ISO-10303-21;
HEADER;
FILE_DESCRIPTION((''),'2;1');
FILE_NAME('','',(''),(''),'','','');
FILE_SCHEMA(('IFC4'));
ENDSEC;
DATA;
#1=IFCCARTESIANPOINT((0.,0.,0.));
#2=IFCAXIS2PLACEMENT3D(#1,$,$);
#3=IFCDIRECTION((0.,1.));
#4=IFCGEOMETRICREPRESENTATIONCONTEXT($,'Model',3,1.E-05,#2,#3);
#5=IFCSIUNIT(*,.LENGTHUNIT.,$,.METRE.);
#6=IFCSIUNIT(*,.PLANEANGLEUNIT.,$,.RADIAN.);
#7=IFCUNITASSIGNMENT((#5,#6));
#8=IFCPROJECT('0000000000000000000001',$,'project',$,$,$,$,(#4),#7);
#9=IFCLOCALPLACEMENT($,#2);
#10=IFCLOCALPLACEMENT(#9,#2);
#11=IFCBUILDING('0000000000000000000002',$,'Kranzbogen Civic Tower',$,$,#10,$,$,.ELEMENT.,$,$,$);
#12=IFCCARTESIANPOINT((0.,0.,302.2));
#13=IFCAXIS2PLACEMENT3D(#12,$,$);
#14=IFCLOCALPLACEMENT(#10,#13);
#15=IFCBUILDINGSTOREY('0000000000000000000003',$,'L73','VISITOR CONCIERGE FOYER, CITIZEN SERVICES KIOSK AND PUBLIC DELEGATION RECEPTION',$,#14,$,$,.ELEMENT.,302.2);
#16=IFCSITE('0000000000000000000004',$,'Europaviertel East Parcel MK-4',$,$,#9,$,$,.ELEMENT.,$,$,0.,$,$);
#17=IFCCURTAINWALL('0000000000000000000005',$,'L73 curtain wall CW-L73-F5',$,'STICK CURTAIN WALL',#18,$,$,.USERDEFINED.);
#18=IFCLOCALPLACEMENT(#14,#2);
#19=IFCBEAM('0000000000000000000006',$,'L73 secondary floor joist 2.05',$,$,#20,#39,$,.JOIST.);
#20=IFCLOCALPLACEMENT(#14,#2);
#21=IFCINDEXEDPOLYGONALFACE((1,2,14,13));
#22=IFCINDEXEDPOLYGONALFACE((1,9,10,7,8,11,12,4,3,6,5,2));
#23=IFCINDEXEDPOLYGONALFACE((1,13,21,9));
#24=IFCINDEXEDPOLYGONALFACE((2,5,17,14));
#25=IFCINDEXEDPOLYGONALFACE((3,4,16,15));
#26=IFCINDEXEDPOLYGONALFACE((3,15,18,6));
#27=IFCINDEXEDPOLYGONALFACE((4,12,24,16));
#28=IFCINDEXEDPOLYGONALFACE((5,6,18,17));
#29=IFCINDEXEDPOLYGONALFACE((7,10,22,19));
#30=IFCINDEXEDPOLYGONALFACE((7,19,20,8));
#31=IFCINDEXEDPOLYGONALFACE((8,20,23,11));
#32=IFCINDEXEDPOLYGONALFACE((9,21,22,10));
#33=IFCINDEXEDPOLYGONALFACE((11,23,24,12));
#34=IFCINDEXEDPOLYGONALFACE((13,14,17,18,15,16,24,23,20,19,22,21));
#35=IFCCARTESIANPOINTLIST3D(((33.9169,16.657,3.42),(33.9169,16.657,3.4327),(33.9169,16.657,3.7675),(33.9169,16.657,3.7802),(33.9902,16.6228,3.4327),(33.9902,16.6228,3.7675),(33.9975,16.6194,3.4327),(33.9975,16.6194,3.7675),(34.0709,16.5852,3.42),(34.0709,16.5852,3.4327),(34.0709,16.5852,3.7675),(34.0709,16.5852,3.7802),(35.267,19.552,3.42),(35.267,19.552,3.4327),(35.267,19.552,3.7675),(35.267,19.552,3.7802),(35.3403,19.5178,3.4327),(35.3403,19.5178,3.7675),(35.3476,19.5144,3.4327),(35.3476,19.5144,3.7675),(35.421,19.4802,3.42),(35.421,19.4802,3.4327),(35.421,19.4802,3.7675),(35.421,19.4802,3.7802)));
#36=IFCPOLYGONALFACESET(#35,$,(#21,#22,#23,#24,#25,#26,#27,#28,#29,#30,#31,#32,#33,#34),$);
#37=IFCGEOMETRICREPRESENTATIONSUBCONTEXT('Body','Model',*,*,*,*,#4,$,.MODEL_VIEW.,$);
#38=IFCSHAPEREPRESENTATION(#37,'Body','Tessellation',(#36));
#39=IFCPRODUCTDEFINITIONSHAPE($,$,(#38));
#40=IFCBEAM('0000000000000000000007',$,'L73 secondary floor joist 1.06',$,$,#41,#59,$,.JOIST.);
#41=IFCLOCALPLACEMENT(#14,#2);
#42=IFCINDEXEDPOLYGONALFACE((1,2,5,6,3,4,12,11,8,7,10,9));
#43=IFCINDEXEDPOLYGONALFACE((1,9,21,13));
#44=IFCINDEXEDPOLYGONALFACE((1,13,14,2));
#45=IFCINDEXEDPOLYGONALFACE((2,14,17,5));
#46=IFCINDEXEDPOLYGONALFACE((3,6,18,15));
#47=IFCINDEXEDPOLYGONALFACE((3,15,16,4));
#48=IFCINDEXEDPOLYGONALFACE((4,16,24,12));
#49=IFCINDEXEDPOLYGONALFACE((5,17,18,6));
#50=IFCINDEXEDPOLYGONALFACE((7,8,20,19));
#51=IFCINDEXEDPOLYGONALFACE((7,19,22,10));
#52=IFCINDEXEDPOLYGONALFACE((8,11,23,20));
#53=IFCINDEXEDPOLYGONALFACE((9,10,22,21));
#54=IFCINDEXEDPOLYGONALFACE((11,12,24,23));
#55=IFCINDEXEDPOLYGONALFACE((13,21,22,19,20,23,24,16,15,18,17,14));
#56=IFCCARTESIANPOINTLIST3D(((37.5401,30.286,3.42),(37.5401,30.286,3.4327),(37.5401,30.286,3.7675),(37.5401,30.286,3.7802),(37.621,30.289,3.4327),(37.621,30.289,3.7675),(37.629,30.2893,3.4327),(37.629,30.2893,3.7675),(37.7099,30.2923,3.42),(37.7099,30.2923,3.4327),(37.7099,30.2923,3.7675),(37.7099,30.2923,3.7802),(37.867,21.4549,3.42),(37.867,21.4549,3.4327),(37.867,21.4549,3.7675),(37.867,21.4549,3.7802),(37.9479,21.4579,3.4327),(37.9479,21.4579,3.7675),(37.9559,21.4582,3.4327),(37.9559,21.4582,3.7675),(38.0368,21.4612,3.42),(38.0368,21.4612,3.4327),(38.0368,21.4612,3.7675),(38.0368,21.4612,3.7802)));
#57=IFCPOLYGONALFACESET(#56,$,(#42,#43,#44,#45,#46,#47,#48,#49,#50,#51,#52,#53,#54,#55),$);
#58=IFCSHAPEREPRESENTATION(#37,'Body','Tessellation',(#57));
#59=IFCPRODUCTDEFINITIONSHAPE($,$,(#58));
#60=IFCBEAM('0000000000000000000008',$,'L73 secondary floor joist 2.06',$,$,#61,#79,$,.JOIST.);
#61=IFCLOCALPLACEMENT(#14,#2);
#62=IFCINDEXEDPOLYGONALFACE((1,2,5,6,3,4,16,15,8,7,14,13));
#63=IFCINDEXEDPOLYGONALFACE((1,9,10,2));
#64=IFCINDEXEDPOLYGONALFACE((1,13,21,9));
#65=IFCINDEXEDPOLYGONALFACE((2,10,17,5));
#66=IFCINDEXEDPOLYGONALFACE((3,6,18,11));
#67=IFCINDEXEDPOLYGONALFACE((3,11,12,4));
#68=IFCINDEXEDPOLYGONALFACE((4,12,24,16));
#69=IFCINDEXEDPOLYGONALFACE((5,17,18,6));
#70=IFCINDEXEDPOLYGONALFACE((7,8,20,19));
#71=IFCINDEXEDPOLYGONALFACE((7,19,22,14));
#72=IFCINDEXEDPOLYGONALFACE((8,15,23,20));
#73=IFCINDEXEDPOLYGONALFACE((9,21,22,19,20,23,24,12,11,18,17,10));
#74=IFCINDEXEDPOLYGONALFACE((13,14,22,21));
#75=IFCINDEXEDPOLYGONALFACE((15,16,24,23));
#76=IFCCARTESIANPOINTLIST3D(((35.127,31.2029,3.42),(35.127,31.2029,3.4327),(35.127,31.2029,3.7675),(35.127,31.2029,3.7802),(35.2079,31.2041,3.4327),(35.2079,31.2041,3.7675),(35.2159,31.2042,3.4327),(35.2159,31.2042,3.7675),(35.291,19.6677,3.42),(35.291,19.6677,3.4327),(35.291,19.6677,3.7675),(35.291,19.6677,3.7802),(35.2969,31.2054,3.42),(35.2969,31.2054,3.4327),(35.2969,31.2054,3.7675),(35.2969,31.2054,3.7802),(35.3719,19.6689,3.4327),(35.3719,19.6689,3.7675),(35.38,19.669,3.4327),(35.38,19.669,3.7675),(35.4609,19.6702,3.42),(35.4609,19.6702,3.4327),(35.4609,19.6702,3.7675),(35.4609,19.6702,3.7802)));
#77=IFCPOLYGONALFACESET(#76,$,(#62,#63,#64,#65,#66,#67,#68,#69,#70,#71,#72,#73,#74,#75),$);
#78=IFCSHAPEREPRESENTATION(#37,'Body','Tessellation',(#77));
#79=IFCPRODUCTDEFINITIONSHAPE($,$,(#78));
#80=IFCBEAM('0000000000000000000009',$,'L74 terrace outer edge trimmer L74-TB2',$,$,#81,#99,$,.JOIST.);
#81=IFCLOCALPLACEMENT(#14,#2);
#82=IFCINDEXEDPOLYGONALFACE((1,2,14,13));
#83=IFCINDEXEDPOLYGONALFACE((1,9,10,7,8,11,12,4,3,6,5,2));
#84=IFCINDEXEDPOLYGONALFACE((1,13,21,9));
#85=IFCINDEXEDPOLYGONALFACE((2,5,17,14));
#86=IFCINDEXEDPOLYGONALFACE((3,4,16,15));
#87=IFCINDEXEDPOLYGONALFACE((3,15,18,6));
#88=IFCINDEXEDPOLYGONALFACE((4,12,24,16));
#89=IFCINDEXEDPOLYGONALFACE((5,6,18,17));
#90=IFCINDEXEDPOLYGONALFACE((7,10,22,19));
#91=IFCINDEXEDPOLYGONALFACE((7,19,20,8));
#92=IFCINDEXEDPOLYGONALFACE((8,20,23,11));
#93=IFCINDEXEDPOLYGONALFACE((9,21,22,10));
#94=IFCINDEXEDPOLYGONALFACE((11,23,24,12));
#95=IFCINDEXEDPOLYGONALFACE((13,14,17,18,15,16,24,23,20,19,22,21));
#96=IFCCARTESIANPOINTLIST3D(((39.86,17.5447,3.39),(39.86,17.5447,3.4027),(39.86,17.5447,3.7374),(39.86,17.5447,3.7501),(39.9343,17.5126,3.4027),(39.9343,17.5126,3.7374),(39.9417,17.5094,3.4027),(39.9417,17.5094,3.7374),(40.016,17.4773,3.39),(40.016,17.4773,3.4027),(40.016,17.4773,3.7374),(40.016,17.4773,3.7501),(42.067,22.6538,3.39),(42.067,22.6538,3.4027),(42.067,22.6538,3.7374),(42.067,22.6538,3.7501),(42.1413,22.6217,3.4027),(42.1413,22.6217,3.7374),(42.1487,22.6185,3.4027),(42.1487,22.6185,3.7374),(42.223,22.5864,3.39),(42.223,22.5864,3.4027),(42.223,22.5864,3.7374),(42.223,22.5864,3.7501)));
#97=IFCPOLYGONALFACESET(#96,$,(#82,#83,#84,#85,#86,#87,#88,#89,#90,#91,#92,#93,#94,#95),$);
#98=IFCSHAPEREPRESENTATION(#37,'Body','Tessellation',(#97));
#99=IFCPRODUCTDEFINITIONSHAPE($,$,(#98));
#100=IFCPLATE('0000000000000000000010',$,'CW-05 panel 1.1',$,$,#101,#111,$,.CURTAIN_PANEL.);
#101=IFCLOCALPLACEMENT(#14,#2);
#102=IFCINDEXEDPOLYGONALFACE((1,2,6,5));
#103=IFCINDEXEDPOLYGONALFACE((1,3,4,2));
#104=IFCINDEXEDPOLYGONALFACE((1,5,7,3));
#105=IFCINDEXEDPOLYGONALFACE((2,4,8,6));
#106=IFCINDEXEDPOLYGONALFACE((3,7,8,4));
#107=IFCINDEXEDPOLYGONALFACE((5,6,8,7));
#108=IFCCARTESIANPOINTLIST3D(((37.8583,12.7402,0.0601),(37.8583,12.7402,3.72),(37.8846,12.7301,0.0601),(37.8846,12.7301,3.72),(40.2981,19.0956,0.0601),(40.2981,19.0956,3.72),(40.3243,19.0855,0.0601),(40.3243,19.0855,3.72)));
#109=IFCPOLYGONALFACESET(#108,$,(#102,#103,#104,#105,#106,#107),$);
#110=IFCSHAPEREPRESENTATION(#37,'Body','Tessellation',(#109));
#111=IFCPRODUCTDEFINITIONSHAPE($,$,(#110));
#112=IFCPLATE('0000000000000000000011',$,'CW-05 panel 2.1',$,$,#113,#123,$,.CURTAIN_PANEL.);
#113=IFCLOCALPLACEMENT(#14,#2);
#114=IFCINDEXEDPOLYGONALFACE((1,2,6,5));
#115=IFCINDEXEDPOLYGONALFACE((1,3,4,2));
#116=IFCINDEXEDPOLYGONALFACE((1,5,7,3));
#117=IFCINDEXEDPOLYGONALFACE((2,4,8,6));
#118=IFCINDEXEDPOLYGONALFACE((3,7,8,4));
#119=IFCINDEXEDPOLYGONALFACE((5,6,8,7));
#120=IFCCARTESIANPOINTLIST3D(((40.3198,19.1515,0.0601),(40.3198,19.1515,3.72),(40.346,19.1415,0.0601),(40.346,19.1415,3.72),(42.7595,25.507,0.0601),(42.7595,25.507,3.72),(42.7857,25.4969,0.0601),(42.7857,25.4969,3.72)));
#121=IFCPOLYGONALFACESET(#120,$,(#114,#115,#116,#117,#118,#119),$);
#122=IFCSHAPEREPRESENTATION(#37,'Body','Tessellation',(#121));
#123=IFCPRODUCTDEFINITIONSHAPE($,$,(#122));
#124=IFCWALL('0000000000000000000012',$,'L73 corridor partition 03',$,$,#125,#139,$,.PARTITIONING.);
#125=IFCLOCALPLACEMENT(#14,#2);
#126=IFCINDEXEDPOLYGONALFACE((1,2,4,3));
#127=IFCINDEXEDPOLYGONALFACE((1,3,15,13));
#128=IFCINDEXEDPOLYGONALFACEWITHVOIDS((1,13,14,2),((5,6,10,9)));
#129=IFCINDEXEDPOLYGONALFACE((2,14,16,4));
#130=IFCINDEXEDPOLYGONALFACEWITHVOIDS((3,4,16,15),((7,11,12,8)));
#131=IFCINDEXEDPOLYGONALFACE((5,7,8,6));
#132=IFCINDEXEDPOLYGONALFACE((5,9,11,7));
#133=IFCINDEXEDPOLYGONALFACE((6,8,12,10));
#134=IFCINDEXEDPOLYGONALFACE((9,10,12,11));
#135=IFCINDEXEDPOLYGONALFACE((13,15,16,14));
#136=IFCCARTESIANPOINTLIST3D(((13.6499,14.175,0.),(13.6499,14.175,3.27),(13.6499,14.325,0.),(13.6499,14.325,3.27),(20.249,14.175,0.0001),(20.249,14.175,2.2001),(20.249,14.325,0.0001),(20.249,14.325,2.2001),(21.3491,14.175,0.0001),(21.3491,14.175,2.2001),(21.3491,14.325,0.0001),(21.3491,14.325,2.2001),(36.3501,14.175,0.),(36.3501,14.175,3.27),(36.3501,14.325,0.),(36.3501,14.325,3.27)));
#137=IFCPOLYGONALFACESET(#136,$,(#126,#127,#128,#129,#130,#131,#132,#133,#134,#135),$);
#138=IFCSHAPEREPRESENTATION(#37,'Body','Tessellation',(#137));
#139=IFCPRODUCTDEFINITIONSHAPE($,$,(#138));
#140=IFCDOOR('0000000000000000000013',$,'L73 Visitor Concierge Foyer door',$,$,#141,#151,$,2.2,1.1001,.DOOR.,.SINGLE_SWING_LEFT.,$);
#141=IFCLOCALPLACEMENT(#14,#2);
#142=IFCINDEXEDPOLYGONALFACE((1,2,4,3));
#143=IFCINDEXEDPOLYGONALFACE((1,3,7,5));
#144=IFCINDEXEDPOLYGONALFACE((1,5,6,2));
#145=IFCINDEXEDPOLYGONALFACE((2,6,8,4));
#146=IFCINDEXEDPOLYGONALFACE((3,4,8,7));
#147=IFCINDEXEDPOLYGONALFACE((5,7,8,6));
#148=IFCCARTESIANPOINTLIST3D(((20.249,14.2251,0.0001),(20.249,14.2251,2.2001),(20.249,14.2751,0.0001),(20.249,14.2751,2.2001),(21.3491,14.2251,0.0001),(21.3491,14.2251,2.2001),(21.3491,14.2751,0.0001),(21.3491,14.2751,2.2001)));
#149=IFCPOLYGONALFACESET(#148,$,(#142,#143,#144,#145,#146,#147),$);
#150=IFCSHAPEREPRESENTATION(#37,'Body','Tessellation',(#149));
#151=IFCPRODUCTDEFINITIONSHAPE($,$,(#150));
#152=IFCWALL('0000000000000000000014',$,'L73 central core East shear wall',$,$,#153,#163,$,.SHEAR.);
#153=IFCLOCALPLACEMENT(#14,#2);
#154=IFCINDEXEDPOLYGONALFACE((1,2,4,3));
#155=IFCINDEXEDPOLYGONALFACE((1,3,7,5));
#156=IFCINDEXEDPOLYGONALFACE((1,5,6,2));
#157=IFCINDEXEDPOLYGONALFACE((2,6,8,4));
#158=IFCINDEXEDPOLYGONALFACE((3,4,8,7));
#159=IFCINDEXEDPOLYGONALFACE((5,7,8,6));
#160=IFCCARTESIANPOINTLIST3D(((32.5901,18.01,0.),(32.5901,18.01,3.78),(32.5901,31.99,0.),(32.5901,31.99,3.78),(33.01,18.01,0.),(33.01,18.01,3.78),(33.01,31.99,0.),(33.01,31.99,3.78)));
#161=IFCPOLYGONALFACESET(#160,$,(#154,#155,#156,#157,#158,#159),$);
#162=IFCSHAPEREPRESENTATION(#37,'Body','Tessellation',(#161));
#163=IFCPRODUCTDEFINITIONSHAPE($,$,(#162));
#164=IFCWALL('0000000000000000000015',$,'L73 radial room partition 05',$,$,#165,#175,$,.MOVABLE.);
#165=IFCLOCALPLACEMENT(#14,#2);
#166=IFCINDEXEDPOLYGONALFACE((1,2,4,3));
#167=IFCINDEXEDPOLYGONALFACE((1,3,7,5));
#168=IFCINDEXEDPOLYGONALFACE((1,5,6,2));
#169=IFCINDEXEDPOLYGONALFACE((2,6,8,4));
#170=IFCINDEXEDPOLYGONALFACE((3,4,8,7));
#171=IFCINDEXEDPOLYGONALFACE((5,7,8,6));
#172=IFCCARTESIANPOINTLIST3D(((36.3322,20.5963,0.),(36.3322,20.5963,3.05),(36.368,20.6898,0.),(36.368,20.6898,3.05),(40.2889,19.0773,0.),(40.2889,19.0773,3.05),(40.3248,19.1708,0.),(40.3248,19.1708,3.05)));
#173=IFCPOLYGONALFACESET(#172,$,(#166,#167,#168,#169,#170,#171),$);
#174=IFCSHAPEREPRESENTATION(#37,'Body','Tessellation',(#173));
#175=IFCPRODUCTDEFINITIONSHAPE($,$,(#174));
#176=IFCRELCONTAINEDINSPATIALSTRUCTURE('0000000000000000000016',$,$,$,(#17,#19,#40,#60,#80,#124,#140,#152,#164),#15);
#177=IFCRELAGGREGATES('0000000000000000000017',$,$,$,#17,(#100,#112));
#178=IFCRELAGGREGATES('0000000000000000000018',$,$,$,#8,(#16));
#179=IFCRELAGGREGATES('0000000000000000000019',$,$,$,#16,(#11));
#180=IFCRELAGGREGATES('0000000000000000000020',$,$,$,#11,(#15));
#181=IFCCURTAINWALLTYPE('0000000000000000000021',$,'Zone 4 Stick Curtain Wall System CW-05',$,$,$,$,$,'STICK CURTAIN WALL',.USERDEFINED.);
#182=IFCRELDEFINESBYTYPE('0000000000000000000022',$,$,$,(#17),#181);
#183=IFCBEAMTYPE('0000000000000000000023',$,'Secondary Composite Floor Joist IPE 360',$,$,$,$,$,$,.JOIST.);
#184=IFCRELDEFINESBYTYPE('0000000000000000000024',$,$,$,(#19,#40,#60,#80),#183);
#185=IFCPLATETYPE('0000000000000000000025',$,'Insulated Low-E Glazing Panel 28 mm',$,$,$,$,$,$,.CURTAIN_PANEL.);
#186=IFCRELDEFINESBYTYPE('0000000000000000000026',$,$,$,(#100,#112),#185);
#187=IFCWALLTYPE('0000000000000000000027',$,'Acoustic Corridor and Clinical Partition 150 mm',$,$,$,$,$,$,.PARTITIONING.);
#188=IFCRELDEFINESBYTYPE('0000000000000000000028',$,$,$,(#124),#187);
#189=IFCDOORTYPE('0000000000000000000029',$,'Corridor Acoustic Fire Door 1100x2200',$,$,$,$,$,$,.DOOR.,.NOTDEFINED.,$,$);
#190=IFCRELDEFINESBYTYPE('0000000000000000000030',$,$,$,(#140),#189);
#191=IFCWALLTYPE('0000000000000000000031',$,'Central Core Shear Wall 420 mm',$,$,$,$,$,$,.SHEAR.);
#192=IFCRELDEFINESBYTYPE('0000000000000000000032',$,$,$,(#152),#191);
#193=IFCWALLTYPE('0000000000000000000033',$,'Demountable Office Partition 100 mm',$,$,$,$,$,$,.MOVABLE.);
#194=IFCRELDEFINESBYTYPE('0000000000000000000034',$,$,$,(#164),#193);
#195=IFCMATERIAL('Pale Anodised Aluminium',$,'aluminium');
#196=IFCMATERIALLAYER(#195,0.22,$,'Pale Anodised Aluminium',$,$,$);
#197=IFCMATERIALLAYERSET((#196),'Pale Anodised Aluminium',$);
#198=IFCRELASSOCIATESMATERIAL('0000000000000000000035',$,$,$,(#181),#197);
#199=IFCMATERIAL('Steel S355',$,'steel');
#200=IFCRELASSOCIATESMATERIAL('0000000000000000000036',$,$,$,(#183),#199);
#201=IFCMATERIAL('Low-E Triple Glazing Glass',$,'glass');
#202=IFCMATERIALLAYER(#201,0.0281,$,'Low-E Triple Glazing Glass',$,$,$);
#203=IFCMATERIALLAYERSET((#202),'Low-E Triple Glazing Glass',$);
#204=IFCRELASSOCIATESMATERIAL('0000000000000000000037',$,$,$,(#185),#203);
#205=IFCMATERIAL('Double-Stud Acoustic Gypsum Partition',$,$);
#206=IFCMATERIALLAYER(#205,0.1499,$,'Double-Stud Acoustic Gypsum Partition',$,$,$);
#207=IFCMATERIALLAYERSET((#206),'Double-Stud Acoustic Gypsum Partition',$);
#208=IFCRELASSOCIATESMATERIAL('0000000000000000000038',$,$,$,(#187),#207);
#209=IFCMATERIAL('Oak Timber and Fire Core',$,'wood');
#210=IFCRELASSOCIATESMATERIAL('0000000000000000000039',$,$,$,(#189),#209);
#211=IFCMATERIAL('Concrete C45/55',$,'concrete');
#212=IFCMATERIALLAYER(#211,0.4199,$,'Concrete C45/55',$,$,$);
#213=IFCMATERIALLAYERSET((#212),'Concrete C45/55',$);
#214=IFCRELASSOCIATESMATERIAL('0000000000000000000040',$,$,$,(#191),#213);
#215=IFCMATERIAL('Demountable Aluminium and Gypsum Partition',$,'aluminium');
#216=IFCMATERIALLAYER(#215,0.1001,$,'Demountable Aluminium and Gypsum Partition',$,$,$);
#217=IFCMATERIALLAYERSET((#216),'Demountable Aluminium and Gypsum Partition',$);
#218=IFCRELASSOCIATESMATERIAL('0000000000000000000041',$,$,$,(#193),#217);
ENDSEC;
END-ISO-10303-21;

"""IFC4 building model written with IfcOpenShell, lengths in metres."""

from ifc_helpers import new_model, si_unit, direction, frame, frame_2d, origin, origin_2d, place, context, subcontext, project, spatial, rectangle, i_section, extrude, material, layer, layer_set, material_profile, profile_set, type_object, element, fill, aggregate, save


model = new_model("IFC4")

# Units and contexts
model_context = context("Model", 3, precision=1e-05, world=origin(), true_north=direction((0.0, 1.0)))
body_context = subcontext(model_context, "Body", "Model", "MODEL_VIEW")
ifc_project = project(units=[si_unit("LENGTHUNIT", "METRE"), si_unit("PLANEANGLEUNIT", "RADIAN")], contexts=[model_context])

# Site, building, storey
site_placement = place(None, origin())
site = spatial("IfcSite", under=ifc_project, at=site_placement, Name="Europaviertel East Parcel MK-4", CompositionType="ELEMENT", RefElevation=0.0)
building_placement = place(site_placement, origin())
building = spatial("IfcBuilding", under=site, at=building_placement, Name="Kranzbogen Civic Tower", CompositionType="ELEMENT")
storey_placement = place(building_placement, frame((0.0, 0.0, 302.2)))
storey = spatial("IfcBuildingStorey", under=building, at=storey_placement, Name="L73", Description="VISITOR CONCIERGE FOYER, CITIZEN SERVICES KIOSK AND PUBLIC DELEGATION RECEPTION", CompositionType="ELEMENT", Elevation=302.2)

# Shared definitions
ifc_material_1 = material(Name="Steel S355", Category="steel")

# Shared definitions
ifc_material_2 = material(Name="Pale Anodised Aluminium", Category="aluminium")
ifc_layer_1 = layer(ifc_material_2, 0.22, Name="Pale Anodised Aluminium")
ifc_layer_set_1 = layer_set([ifc_layer_1], Name="Pale Anodised Aluminium")
curtain_wall_type = type_object("IfcCurtainWallType", Name="Zone 4 Stick Curtain Wall System CW-05", ElementType="STICK CURTAIN WALL", PredefinedType="USERDEFINED", material=ifc_layer_set_1)

# Curtain wall
curtain_wall_1_placement = place(storey_placement, origin())
curtain_wall_1 = element("IfcCurtainWall", 1, at=curtain_wall_1_placement, inside=storey, type_object=curtain_wall_type, Name="L73 curtain wall CW-L73-F5", ObjectType="STICK CURTAIN WALL", PredefinedType="USERDEFINED")

# Beams
ifc_material_profile_1 = material_profile(ifc_material_1, i_section(OverallWidth=0.1699, OverallDepth=0.3601, WebThickness=0.0081, FlangeThickness=0.0127, at=origin_2d()), Name="IPE 360")
ifc_profile_set_1 = profile_set([ifc_material_profile_1], Name="Steel S355")
beam_type_1 = type_object("IfcBeamType", Name="Secondary Composite Floor Joist IPE 360", PredefinedType="JOIST", material=ifc_profile_set_1)
beam_1_placement = place(storey_placement, frame((33.9939, 16.6211, 3.6001), z_axis=(0.422651, 0.906292, 0.0), x_axis=(-0.906292, 0.422651, 0.0)))
element("IfcBeam", 2, at=beam_1_placement, inside=storey, type_object=beam_type_1, Name="L73 secondary floor joist 2.05", PredefinedType="JOIST", context=body_context, shape_type="SweptSolid", body=[
    extrude(i_section(OverallWidth=0.1699, OverallDepth=0.3601, WebThickness=0.0081, FlangeThickness=0.0127, at=origin_2d()), origin(), (0.0, 0.0, 1.0), 3.1943),
])
beam_2_placement = place(storey_placement, frame((37.9519, 21.458, 3.6001), z_axis=(-0.036992, 0.999316, 0.0), x_axis=(-0.999316, -0.036992, 0.0)))
element("IfcBeam", 3, at=beam_2_placement, inside=storey, type_object=beam_type_1, Name="L73 secondary floor joist 1.06", PredefinedType="JOIST", context=body_context, shape_type="SweptSolid", body=[
    extrude(i_section(OverallWidth=0.1699, OverallDepth=0.3601, WebThickness=0.0081, FlangeThickness=0.0127, at=origin_2d()), origin(), (0.0, 0.0, 1.0), 8.8372),
])
beam_3_placement = place(storey_placement, frame((35.376, 19.6689, 3.6001), z_axis=(-0.014221, 0.999899, 0.0), x_axis=(-0.999899, -0.014221, 0.0)))
element("IfcBeam", 4, at=beam_3_placement, inside=storey, type_object=beam_type_1, Name="L73 secondary floor joist 2.06", PredefinedType="JOIST", context=body_context, shape_type="SweptSolid", body=[
    extrude(i_section(OverallWidth=0.1699, OverallDepth=0.3601, WebThickness=0.0081, FlangeThickness=0.0127, at=origin_2d()), origin(), (0.0, 0.0, 1.0), 11.5364),
])
beam_4_placement = place(storey_placement, frame((39.938, 17.511, 3.5701), z_axis=(0.39656, 0.918009, 0.0), x_axis=(-0.918009, 0.39656, 0.0)))
element("IfcBeam", 5, at=beam_4_placement, inside=storey, type_object=beam_type_1, Name="L74 terrace outer edge trimmer L74-TB2", PredefinedType="JOIST", context=body_context, shape_type="SweptSolid", body=[
    extrude(i_section(OverallWidth=0.1699, OverallDepth=0.3601, WebThickness=0.0081, FlangeThickness=0.0127, at=origin_2d()), origin(), (0.0, 0.0, 1.0), 5.5654),
])

# Plates
ifc_material_3 = material(Name="Low-E Triple Glazing Glass", Category="glass")
ifc_layer_2 = layer(ifc_material_3, 0.0281, Name="Low-E Triple Glazing Glass")
ifc_layer_set_2 = layer_set([ifc_layer_2], Name="Low-E Triple Glazing Glass")
plate_type = type_object("IfcPlateType", Name="Insulated Low-E Glazing Panel 28 mm", PredefinedType="CURTAIN_PANEL", material=ifc_layer_set_2)
plate_1_placement = place(storey_placement, frame((39.0913, 15.9128, 0.0601), z_axis=(0.0, 0.0, 1.0), x_axis=(0.358382, 0.933575, 0.0)))
plate_1 = element("IfcPlate", 6, at=plate_1_placement, type_object=plate_type, Name="CW-05 panel 1.1", PredefinedType="CURTAIN_PANEL", context=body_context, shape_type="SweptSolid", body=[
    extrude(rectangle(XDim=6.8076, YDim=0.0281, at=origin_2d()), origin(), (0.0, 0.0, 1.0), 3.6599),
])
plate_2_placement = place(storey_placement, frame((41.5527, 22.3242, 0.0601), z_axis=(0.0, 0.0, 1.0), x_axis=(0.358382, 0.933575, 0.0)))
plate_2 = element("IfcPlate", 7, at=plate_2_placement, type_object=plate_type, Name="CW-05 panel 2.1", PredefinedType="CURTAIN_PANEL", context=body_context, shape_type="SweptSolid", body=[
    extrude(rectangle(XDim=6.8076, YDim=0.0281, at=origin_2d()), origin(), (0.0, 0.0, 1.0), 3.6599),
])
aggregate(curtain_wall_1, [plate_1, plate_2])

# Wall, opening, door
ifc_material_4 = material(Name="Double-Stud Acoustic Gypsum Partition")
ifc_layer_3 = layer(ifc_material_4, 0.1499, Name="Double-Stud Acoustic Gypsum Partition")
ifc_layer_set_3 = layer_set([ifc_layer_3], Name="Double-Stud Acoustic Gypsum Partition")
wall_type_1 = type_object("IfcWallType", Name="Acoustic Corridor and Clinical Partition 150 mm", PredefinedType="PARTITIONING", material=ifc_layer_set_3)
wall_1_placement = place(storey_placement, frame((36.3501, 14.25, 0.0), z_axis=(0.0, 0.0, 1.0), x_axis=(-1.0, 0.0, 0.0)))
wall_1 = element("IfcWall", 8, at=wall_1_placement, inside=storey, type_object=wall_type_1, Name="L73 corridor partition 03", PredefinedType="PARTITIONING", context=body_context, shape_type="SweptSolid", body=[
    extrude(rectangle(XDim=22.7002, YDim=0.1499, at=frame_2d((11.3501, 0.0))), origin(), (0.0, 0.0, 1.0), 3.27),
])
opening_placement = place(wall_1_placement, frame((15.001, 0.0, 0.0)))
opening = element("IfcOpeningElement", 9, at=opening_placement, cuts=wall_1, PredefinedType="OPENING", context=body_context, shape_type="SweptSolid", body=[
    extrude(rectangle(XDim=1.1001, YDim=2.2, at=frame_2d((0.55, 1.1001))), frame((0.0, 0.085, 0.0), z_axis=(0.0, -1.0, 0.0), x_axis=(1.0, 0.0, 0.0)), (0.0, 0.0, 1.0), 0.1699),
])
ifc_material_5 = material(Name="Oak Timber and Fire Core", Category="wood")
door_type = type_object("IfcDoorType", Name="Corridor Acoustic Fire Door 1100x2200", OperationType="NOTDEFINED", PredefinedType="DOOR", material=ifc_material_5)
door_placement = place(opening_placement, origin())
door = element("IfcDoor", 10, at=door_placement, inside=storey, type_object=door_type, Name="L73 Visitor Concierge Foyer door", OperationType="SINGLE_SWING_LEFT", OverallHeight=2.2, OverallWidth=1.1001, PredefinedType="DOOR", context=body_context, shape_type="SweptSolid", body=[
    extrude(rectangle(XDim=1.1001, YDim=2.2, at=frame_2d((0.55, 1.1001))), frame((0.0, 0.0249, 0.0), z_axis=(0.0, -1.0, 0.0), x_axis=(1.0, 0.0, 0.0)), (0.0, 0.0, 1.0), 0.05),
])
fill(opening, door)

# Walls
ifc_material_6 = material(Name="Concrete C45/55", Category="concrete")
ifc_layer_4 = layer(ifc_material_6, 0.4199, Name="Concrete C45/55")
ifc_layer_set_4 = layer_set([ifc_layer_4], Name="Concrete C45/55")
wall_type_2 = type_object("IfcWallType", Name="Central Core Shear Wall 420 mm", PredefinedType="SHEAR", material=ifc_layer_set_4)
wall_2_placement = place(storey_placement, frame((32.8, 18.01, 0.0), z_axis=(0.0, 0.0, 1.0), x_axis=(0.0, 1.0, 0.0)))
element("IfcWall", 11, at=wall_2_placement, inside=storey, type_object=wall_type_2, Name="L73 central core East shear wall", PredefinedType="SHEAR", context=body_context, shape_type="SweptSolid", body=[
    extrude(rectangle(XDim=13.98, YDim=0.4199, at=frame_2d((6.99, 0.0))), origin(), (0.0, 0.0, 1.0), 3.78),
])
ifc_material_7 = material(Name="Demountable Aluminium and Gypsum Partition", Category="aluminium")
ifc_layer_5 = layer(ifc_material_7, 0.1001, Name="Demountable Aluminium and Gypsum Partition")
ifc_layer_set_5 = layer_set([ifc_layer_5], Name="Demountable Aluminium and Gypsum Partition")
wall_type_3 = type_object("IfcWallType", Name="Demountable Office Partition 100 mm", PredefinedType="MOVABLE", material=ifc_layer_set_5)
wall_3_placement = place(storey_placement, frame((36.3501, 20.6431, 0.0), z_axis=(0.0, 0.0, 1.0), x_axis=(0.933567, -0.358404, 0.0)))
element("IfcWall", 12, at=wall_3_placement, inside=storey, type_object=wall_type_3, Name="L73 radial room partition 05", PredefinedType="MOVABLE", context=body_context, shape_type="SweptSolid", body=[
    extrude(rectangle(XDim=4.2383, YDim=0.1001, at=frame_2d((2.1191, 0.0))), origin(), (0.0, 0.0, 1.0), 3.05),
])

save(model, "model.ifc")
